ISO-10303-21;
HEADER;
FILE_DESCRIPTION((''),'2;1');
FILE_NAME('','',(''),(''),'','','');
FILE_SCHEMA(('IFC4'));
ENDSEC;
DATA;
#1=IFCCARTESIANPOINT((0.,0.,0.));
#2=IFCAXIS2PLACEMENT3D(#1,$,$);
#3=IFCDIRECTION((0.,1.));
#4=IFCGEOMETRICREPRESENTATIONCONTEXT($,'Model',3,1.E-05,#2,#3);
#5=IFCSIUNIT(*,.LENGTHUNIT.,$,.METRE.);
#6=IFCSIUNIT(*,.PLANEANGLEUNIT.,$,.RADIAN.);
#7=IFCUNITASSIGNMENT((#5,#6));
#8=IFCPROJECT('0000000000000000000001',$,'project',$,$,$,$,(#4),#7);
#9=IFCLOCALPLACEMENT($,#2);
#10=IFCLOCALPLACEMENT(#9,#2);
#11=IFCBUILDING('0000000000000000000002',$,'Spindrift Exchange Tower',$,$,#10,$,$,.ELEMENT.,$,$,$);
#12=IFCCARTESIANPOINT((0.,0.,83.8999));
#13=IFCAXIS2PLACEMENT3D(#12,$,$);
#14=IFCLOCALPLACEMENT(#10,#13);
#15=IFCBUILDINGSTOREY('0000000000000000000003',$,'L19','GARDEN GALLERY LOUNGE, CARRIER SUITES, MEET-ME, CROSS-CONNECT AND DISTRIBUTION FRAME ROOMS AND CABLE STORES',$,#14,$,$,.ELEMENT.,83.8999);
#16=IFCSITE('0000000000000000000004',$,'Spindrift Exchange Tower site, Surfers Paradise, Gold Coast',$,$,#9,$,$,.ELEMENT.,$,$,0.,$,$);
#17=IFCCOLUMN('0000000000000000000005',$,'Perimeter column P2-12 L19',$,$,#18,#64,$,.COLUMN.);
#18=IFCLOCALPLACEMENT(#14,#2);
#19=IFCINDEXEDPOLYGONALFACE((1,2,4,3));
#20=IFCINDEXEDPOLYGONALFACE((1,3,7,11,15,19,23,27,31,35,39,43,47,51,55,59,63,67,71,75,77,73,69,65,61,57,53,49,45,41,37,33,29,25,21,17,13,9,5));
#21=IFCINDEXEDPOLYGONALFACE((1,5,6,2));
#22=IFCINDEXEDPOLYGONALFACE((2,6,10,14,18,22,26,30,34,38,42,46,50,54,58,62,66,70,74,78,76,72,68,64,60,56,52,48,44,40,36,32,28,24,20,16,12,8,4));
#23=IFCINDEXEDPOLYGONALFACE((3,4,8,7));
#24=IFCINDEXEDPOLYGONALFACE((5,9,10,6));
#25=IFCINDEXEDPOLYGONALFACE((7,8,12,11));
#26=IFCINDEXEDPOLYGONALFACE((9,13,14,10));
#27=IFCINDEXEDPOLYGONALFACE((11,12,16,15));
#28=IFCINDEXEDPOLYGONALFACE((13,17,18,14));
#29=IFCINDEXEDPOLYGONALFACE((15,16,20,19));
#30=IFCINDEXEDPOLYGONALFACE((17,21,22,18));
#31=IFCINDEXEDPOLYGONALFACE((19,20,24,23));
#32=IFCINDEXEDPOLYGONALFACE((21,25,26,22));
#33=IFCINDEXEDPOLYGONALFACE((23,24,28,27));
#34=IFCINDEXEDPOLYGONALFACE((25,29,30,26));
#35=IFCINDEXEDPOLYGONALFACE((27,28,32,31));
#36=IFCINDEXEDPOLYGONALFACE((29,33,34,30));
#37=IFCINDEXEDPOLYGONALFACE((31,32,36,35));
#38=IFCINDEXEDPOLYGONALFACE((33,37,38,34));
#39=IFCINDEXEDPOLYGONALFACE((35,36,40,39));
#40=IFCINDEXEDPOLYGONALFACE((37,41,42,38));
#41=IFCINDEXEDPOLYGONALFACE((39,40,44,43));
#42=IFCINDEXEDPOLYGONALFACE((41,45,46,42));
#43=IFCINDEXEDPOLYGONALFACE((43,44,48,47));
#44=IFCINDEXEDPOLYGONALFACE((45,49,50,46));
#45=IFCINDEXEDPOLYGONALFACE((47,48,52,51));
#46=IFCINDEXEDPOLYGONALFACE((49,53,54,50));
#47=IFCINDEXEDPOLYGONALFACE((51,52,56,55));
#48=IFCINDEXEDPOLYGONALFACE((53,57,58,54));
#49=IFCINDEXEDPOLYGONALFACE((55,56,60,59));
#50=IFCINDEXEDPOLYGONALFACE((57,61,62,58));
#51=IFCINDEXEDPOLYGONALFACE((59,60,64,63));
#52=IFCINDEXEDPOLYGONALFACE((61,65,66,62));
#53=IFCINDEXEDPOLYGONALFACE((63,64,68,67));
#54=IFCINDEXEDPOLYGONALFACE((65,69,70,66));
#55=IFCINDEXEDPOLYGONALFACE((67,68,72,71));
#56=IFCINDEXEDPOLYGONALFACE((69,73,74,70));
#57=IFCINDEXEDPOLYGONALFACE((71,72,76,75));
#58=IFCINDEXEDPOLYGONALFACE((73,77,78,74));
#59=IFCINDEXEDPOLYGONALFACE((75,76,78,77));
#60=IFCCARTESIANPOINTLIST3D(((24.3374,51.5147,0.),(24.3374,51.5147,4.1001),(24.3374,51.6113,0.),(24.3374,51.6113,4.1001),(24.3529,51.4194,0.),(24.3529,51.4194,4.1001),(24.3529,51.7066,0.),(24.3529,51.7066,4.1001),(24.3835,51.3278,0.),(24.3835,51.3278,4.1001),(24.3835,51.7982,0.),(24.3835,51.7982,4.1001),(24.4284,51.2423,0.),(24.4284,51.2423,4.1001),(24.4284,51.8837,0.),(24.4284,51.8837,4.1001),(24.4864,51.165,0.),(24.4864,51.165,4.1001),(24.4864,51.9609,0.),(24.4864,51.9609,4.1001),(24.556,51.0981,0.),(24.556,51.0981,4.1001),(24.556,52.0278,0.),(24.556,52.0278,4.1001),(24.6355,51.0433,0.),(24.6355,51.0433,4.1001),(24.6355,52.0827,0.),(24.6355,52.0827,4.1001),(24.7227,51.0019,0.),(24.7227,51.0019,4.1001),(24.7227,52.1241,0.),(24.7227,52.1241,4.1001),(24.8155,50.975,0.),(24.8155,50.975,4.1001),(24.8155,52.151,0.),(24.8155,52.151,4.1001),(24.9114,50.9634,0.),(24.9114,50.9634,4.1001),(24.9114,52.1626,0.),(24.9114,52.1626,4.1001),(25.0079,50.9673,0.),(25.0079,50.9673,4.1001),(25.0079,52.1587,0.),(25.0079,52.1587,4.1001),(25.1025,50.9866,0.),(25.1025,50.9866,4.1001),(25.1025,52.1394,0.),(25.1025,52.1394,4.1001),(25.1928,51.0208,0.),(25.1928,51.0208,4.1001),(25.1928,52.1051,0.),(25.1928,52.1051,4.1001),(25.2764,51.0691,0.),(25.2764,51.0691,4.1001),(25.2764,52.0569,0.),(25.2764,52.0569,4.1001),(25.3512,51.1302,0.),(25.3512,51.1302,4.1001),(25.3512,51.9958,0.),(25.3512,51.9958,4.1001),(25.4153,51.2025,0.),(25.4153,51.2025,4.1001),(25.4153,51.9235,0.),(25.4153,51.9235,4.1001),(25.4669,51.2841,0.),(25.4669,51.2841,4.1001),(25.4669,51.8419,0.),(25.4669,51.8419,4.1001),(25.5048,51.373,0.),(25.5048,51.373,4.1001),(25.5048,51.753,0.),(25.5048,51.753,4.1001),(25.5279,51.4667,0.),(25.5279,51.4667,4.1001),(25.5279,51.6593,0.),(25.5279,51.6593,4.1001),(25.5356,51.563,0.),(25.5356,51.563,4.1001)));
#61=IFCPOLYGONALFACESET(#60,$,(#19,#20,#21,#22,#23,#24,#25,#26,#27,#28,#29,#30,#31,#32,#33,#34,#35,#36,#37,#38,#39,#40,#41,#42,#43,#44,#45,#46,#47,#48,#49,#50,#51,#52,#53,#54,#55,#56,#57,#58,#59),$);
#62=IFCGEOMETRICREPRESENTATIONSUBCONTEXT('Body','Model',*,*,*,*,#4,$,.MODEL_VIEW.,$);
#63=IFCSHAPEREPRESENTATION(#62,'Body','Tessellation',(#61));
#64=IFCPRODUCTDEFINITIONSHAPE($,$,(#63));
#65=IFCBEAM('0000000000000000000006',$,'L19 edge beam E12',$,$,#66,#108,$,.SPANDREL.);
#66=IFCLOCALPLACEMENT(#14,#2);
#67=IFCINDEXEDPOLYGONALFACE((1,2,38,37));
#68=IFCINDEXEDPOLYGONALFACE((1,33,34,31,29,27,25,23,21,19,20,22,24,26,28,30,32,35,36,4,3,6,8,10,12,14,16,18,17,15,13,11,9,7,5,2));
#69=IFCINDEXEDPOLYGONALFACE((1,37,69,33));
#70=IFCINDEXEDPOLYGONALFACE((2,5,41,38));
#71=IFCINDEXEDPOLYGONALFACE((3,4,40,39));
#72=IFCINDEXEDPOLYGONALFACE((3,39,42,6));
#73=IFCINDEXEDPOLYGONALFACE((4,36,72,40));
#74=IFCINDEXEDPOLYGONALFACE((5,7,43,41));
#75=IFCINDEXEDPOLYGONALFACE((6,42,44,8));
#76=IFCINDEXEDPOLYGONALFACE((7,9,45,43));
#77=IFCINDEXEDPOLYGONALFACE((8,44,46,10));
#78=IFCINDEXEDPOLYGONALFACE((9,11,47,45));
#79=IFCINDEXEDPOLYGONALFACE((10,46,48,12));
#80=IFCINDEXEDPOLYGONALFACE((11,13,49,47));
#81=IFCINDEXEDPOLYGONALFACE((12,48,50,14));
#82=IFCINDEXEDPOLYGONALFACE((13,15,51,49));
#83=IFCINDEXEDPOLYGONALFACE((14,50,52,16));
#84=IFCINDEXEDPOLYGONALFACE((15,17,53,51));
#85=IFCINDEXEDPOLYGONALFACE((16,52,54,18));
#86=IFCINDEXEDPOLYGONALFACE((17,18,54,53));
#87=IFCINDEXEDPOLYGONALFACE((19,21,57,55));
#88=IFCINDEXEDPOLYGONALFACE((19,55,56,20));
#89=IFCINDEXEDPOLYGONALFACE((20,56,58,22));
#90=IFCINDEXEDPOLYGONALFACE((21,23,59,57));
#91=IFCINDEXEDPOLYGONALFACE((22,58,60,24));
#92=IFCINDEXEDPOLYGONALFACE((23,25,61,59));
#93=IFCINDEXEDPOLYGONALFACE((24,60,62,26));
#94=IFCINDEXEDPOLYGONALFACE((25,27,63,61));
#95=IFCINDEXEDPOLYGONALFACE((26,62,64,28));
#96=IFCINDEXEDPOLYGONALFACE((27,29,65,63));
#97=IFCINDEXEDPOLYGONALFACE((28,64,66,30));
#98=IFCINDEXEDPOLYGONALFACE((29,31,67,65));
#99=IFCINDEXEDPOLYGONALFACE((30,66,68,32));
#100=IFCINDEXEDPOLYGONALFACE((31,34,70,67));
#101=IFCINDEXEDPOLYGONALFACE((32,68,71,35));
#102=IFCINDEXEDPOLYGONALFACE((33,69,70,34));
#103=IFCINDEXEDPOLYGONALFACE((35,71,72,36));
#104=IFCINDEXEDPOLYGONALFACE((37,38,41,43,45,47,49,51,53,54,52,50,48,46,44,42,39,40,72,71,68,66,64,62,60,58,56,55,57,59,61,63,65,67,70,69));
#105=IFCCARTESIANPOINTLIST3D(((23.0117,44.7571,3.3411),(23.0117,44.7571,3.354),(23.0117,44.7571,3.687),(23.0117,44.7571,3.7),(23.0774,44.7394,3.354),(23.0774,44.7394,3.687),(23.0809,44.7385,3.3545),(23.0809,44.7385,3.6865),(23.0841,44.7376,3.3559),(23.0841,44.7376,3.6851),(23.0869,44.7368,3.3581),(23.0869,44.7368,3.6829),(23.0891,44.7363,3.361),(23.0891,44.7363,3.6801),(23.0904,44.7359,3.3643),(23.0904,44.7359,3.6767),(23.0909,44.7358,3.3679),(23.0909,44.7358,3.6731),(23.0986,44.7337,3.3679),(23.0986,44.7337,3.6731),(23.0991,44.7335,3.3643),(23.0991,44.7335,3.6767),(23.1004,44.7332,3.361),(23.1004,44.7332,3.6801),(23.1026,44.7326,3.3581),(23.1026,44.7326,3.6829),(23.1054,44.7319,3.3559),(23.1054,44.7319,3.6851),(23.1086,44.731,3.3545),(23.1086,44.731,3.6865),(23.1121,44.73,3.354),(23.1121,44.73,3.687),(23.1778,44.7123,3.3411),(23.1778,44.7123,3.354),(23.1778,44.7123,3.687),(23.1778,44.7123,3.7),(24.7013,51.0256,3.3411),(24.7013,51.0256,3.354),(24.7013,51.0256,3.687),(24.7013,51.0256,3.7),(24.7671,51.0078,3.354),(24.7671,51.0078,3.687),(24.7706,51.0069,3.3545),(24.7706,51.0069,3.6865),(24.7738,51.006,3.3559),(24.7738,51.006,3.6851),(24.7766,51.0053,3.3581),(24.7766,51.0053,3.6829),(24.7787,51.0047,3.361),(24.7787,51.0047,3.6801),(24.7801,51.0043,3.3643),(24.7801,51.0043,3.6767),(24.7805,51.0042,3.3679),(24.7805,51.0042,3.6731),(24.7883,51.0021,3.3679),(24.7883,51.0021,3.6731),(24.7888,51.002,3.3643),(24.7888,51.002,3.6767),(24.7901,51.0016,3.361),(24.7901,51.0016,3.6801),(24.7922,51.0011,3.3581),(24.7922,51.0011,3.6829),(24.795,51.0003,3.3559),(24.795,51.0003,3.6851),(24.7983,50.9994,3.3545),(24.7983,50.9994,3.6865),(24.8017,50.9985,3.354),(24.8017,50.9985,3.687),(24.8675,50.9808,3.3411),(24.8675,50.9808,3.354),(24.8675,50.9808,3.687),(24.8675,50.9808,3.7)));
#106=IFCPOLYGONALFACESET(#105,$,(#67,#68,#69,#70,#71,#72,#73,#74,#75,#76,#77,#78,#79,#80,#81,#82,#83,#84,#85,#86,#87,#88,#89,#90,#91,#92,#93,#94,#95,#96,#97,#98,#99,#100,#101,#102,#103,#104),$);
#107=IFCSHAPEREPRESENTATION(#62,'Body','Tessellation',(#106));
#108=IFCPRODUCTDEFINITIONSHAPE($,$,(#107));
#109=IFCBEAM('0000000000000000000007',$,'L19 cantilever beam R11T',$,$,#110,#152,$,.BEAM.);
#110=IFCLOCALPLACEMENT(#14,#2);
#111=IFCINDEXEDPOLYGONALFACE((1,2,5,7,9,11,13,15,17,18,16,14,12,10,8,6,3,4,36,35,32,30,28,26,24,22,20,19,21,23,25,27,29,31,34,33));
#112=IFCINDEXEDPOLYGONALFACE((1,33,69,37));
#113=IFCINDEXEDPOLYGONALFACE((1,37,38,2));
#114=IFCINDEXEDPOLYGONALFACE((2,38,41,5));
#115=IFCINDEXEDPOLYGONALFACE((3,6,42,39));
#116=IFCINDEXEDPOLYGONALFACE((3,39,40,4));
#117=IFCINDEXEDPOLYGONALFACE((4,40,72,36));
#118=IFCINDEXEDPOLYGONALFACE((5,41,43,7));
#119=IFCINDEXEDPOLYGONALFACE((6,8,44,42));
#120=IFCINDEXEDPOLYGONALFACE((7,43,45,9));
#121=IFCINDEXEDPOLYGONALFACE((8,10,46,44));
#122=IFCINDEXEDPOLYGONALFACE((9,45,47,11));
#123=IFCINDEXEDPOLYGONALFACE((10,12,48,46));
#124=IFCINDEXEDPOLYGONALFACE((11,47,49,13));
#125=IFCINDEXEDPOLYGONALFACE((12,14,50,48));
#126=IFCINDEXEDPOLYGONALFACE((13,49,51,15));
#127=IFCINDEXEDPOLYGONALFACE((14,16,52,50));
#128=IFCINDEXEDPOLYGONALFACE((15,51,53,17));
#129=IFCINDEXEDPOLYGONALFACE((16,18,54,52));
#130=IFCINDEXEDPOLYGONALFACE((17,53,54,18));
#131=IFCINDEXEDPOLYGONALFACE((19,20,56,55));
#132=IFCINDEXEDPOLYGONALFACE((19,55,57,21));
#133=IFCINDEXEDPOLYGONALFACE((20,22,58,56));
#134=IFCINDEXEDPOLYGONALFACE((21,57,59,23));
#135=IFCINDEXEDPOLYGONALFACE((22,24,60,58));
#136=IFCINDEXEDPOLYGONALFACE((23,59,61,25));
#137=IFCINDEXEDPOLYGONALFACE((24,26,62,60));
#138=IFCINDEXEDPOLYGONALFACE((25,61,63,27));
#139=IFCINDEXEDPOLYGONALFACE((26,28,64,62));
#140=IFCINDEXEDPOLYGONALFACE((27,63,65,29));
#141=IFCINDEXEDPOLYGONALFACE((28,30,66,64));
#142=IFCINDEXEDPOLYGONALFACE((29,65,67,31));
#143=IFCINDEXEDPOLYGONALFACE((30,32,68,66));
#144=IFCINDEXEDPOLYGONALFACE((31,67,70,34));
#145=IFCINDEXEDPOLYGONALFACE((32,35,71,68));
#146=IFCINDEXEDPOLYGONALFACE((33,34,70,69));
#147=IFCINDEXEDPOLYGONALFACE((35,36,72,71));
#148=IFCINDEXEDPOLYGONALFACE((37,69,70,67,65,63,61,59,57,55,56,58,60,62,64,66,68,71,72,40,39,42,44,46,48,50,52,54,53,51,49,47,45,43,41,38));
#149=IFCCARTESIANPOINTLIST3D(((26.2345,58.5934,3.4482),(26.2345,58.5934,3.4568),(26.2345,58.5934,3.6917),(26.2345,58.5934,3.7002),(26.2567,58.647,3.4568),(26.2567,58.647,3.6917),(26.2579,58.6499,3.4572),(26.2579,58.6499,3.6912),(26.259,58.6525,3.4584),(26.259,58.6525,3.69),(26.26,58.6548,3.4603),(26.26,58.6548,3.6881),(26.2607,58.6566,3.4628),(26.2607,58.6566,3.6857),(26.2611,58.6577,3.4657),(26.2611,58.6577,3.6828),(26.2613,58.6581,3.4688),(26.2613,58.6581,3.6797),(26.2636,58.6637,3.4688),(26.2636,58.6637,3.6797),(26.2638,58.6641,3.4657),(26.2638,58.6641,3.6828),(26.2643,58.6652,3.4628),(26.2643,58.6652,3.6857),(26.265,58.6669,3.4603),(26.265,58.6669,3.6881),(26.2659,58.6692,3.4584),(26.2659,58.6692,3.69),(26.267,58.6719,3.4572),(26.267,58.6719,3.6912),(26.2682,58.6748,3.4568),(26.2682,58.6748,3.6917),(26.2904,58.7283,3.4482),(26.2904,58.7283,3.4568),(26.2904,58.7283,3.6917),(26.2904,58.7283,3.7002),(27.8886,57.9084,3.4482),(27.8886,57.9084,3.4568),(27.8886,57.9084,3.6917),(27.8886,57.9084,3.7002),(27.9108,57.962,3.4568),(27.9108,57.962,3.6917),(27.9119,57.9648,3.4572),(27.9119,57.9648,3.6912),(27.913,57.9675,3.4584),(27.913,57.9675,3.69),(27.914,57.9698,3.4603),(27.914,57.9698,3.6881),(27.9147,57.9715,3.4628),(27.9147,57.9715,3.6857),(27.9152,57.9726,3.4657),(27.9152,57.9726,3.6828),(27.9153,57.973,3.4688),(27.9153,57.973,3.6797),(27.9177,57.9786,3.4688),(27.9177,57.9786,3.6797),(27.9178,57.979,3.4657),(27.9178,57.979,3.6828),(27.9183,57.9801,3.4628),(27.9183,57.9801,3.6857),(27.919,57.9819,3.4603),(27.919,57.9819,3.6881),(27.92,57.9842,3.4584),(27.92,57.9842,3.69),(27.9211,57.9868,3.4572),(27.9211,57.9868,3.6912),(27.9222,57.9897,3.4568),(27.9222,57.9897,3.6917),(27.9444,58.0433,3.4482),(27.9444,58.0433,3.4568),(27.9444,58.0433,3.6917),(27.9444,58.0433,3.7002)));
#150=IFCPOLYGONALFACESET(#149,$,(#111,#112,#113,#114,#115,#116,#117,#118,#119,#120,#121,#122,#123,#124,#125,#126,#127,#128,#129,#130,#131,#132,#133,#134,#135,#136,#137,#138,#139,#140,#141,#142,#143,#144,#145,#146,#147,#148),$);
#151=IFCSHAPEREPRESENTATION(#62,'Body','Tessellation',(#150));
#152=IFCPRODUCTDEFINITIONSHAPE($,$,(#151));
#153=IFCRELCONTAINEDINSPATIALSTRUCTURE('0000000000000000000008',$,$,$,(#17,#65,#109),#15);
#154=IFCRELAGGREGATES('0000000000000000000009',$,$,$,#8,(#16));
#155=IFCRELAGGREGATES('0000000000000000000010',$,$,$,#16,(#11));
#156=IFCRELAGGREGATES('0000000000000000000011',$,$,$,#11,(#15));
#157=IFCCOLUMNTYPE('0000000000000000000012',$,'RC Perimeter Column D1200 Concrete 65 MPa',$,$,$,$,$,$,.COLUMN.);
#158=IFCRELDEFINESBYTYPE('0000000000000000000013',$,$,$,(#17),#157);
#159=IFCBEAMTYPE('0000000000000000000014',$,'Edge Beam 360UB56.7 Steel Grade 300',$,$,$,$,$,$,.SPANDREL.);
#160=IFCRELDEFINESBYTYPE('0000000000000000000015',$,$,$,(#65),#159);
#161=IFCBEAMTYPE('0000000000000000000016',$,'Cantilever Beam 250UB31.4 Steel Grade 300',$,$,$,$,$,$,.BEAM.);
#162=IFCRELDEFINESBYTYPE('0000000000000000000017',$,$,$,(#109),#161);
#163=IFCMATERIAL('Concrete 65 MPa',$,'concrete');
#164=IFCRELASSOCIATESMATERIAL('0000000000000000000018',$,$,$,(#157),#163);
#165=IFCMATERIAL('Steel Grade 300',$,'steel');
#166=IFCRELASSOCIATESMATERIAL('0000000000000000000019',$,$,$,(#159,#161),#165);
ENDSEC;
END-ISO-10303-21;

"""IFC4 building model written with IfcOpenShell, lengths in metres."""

from ifc_helpers import new_model, si_unit, direction, frame, origin, origin_2d, place, context, subcontext, project, spatial, circle, i_section, extrude, source, transform, mapped, material, material_profile, profile_set, type_object, element, save


model = new_model("IFC4")

# Units and contexts
model_context = context("Model", 3, precision=1e-05, world=origin(), true_north=direction((0.0, 1.0)))
body_context = subcontext(model_context, "Body", "Model", "MODEL_VIEW")
ifc_project = project(units=[si_unit("LENGTHUNIT", "METRE"), si_unit("PLANEANGLEUNIT", "RADIAN")], contexts=[model_context])

# Site, building, storey
site_placement = place(None, origin())
site = spatial("IfcSite", under=ifc_project, at=site_placement, Name="Spindrift Exchange Tower site, Surfers Paradise, Gold Coast", CompositionType="ELEMENT", RefElevation=0.0)
building_placement = place(site_placement, origin())
building = spatial("IfcBuilding", under=site, at=building_placement, Name="Spindrift Exchange Tower", CompositionType="ELEMENT")
storey_placement = place(building_placement, frame((0.0, 0.0, 83.8999)))
storey = spatial("IfcBuildingStorey", under=building, at=storey_placement, Name="L19", Description="GARDEN GALLERY LOUNGE, CARRIER SUITES, MEET-ME, CROSS-CONNECT AND DISTRIBUTION FRAME ROOMS AND CABLE STORES", CompositionType="ELEMENT", Elevation=83.8999)

# Column
ifc_material_1 = material(Name="Concrete 65 MPa", Category="concrete")
ifc_material_profile_1 = material_profile(ifc_material_1, circle(Radius=0.6001, at=origin_2d()), Name="RC D1200")
ifc_profile_set_1 = profile_set([ifc_material_profile_1], Name="Concrete 65 MPa")
column_type = type_object("IfcColumnType", Name="RC Perimeter Column D1200 Concrete 65 MPa", PredefinedType="COLUMN", material=ifc_profile_set_1)
shared_shape_1 = source(origin(), body_context, "Body", "SweptSolid", [
    extrude(circle(Radius=0.6001, at=origin_2d()), origin(), (0.0, 0.0, 1.0), 4.1001),
])
column_placement = place(storey_placement, frame((24.9355, 51.563, 0.0), z_axis=(0.0, 0.0, 1.0), x_axis=(1.0, 0.0, 0.0)))
element("IfcColumn", 1, at=column_placement, inside=storey, type_object=column_type, Name="Perimeter column P2-12 L19", PredefinedType="COLUMN", context=body_context, shape_type="MappedRepresentation", body=[
    mapped(shared_shape_1, transform((0.0, 0.0, 0.0), scale=1.0)),
])

# Beams
ifc_material_2 = material(Name="Steel Grade 300", Category="steel")
ifc_material_profile_2 = material_profile(ifc_material_2, i_section(OverallWidth=0.1721, OverallDepth=0.3589, WebThickness=0.0081, FlangeThickness=0.0129, FilletRadius=0.0139, at=origin_2d()), Name="360UB56.7")
ifc_profile_set_2 = profile_set([ifc_material_profile_2], Name="Steel Grade 300")
beam_type_1 = type_object("IfcBeamType", Name="Edge Beam 360UB56.7 Steel Grade 300", PredefinedType="SPANDREL", material=ifc_profile_set_2)
shared_shape_2 = source(origin(), body_context, "Body", "SweptSolid", [
    extrude(i_section(OverallWidth=0.1721, OverallDepth=0.3589, WebThickness=0.0081, FlangeThickness=0.0129, FilletRadius=0.0139, at=origin_2d()), origin(), (0.0, 0.0, 1.0), 6.4922),
])
beam_1_placement = place(storey_placement, frame((24.7844, 51.0032, 3.5205), z_axis=(-0.260262, -0.965538, 0.0), x_axis=(0.965538, -0.260262, 0.0)))
element("IfcBeam", 2, at=beam_1_placement, inside=storey, type_object=beam_type_1, Name="L19 edge beam E12", PredefinedType="SPANDREL", context=body_context, shape_type="MappedRepresentation", body=[
    mapped(shared_shape_2, transform((0.0, 0.0, 0.0), scale=1.0)),
])
ifc_material_profile_3 = material_profile(ifc_material_2, i_section(OverallWidth=0.146, OverallDepth=0.252, WebThickness=0.0061, FlangeThickness=0.0085, FilletRadius=0.012, at=origin_2d()), Name="250UB31.4")
ifc_profile_set_3 = profile_set([ifc_material_profile_3], Name="Steel Grade 300")
beam_type_2 = type_object("IfcBeamType", Name="Cantilever Beam 250UB31.4 Steel Grade 300", PredefinedType="BEAM", material=ifc_profile_set_3)
shared_shape_3 = source(origin(), body_context, "Body", "SweptSolid", [
    extrude(i_section(OverallWidth=0.146, OverallDepth=0.252, WebThickness=0.0061, FlangeThickness=0.0085, FilletRadius=0.012, at=origin_2d()), origin(), (0.0, 0.0, 1.0), 1.7903),
])
beam_2_placement = place(storey_placement, frame((27.9165, 57.9758, 3.5742), z_axis=(-0.923894, 0.382649, 0.0), x_axis=(-0.382649, -0.923894, 0.0)))
element("IfcBeam", 3, at=beam_2_placement, inside=storey, type_object=beam_type_2, Name="L19 cantilever beam R11T", PredefinedType="BEAM", context=body_context, shape_type="MappedRepresentation", body=[
    mapped(shared_shape_3, transform((0.0, 0.0, 0.0), scale=1.0)),
])

save(model, "model.ifc")
